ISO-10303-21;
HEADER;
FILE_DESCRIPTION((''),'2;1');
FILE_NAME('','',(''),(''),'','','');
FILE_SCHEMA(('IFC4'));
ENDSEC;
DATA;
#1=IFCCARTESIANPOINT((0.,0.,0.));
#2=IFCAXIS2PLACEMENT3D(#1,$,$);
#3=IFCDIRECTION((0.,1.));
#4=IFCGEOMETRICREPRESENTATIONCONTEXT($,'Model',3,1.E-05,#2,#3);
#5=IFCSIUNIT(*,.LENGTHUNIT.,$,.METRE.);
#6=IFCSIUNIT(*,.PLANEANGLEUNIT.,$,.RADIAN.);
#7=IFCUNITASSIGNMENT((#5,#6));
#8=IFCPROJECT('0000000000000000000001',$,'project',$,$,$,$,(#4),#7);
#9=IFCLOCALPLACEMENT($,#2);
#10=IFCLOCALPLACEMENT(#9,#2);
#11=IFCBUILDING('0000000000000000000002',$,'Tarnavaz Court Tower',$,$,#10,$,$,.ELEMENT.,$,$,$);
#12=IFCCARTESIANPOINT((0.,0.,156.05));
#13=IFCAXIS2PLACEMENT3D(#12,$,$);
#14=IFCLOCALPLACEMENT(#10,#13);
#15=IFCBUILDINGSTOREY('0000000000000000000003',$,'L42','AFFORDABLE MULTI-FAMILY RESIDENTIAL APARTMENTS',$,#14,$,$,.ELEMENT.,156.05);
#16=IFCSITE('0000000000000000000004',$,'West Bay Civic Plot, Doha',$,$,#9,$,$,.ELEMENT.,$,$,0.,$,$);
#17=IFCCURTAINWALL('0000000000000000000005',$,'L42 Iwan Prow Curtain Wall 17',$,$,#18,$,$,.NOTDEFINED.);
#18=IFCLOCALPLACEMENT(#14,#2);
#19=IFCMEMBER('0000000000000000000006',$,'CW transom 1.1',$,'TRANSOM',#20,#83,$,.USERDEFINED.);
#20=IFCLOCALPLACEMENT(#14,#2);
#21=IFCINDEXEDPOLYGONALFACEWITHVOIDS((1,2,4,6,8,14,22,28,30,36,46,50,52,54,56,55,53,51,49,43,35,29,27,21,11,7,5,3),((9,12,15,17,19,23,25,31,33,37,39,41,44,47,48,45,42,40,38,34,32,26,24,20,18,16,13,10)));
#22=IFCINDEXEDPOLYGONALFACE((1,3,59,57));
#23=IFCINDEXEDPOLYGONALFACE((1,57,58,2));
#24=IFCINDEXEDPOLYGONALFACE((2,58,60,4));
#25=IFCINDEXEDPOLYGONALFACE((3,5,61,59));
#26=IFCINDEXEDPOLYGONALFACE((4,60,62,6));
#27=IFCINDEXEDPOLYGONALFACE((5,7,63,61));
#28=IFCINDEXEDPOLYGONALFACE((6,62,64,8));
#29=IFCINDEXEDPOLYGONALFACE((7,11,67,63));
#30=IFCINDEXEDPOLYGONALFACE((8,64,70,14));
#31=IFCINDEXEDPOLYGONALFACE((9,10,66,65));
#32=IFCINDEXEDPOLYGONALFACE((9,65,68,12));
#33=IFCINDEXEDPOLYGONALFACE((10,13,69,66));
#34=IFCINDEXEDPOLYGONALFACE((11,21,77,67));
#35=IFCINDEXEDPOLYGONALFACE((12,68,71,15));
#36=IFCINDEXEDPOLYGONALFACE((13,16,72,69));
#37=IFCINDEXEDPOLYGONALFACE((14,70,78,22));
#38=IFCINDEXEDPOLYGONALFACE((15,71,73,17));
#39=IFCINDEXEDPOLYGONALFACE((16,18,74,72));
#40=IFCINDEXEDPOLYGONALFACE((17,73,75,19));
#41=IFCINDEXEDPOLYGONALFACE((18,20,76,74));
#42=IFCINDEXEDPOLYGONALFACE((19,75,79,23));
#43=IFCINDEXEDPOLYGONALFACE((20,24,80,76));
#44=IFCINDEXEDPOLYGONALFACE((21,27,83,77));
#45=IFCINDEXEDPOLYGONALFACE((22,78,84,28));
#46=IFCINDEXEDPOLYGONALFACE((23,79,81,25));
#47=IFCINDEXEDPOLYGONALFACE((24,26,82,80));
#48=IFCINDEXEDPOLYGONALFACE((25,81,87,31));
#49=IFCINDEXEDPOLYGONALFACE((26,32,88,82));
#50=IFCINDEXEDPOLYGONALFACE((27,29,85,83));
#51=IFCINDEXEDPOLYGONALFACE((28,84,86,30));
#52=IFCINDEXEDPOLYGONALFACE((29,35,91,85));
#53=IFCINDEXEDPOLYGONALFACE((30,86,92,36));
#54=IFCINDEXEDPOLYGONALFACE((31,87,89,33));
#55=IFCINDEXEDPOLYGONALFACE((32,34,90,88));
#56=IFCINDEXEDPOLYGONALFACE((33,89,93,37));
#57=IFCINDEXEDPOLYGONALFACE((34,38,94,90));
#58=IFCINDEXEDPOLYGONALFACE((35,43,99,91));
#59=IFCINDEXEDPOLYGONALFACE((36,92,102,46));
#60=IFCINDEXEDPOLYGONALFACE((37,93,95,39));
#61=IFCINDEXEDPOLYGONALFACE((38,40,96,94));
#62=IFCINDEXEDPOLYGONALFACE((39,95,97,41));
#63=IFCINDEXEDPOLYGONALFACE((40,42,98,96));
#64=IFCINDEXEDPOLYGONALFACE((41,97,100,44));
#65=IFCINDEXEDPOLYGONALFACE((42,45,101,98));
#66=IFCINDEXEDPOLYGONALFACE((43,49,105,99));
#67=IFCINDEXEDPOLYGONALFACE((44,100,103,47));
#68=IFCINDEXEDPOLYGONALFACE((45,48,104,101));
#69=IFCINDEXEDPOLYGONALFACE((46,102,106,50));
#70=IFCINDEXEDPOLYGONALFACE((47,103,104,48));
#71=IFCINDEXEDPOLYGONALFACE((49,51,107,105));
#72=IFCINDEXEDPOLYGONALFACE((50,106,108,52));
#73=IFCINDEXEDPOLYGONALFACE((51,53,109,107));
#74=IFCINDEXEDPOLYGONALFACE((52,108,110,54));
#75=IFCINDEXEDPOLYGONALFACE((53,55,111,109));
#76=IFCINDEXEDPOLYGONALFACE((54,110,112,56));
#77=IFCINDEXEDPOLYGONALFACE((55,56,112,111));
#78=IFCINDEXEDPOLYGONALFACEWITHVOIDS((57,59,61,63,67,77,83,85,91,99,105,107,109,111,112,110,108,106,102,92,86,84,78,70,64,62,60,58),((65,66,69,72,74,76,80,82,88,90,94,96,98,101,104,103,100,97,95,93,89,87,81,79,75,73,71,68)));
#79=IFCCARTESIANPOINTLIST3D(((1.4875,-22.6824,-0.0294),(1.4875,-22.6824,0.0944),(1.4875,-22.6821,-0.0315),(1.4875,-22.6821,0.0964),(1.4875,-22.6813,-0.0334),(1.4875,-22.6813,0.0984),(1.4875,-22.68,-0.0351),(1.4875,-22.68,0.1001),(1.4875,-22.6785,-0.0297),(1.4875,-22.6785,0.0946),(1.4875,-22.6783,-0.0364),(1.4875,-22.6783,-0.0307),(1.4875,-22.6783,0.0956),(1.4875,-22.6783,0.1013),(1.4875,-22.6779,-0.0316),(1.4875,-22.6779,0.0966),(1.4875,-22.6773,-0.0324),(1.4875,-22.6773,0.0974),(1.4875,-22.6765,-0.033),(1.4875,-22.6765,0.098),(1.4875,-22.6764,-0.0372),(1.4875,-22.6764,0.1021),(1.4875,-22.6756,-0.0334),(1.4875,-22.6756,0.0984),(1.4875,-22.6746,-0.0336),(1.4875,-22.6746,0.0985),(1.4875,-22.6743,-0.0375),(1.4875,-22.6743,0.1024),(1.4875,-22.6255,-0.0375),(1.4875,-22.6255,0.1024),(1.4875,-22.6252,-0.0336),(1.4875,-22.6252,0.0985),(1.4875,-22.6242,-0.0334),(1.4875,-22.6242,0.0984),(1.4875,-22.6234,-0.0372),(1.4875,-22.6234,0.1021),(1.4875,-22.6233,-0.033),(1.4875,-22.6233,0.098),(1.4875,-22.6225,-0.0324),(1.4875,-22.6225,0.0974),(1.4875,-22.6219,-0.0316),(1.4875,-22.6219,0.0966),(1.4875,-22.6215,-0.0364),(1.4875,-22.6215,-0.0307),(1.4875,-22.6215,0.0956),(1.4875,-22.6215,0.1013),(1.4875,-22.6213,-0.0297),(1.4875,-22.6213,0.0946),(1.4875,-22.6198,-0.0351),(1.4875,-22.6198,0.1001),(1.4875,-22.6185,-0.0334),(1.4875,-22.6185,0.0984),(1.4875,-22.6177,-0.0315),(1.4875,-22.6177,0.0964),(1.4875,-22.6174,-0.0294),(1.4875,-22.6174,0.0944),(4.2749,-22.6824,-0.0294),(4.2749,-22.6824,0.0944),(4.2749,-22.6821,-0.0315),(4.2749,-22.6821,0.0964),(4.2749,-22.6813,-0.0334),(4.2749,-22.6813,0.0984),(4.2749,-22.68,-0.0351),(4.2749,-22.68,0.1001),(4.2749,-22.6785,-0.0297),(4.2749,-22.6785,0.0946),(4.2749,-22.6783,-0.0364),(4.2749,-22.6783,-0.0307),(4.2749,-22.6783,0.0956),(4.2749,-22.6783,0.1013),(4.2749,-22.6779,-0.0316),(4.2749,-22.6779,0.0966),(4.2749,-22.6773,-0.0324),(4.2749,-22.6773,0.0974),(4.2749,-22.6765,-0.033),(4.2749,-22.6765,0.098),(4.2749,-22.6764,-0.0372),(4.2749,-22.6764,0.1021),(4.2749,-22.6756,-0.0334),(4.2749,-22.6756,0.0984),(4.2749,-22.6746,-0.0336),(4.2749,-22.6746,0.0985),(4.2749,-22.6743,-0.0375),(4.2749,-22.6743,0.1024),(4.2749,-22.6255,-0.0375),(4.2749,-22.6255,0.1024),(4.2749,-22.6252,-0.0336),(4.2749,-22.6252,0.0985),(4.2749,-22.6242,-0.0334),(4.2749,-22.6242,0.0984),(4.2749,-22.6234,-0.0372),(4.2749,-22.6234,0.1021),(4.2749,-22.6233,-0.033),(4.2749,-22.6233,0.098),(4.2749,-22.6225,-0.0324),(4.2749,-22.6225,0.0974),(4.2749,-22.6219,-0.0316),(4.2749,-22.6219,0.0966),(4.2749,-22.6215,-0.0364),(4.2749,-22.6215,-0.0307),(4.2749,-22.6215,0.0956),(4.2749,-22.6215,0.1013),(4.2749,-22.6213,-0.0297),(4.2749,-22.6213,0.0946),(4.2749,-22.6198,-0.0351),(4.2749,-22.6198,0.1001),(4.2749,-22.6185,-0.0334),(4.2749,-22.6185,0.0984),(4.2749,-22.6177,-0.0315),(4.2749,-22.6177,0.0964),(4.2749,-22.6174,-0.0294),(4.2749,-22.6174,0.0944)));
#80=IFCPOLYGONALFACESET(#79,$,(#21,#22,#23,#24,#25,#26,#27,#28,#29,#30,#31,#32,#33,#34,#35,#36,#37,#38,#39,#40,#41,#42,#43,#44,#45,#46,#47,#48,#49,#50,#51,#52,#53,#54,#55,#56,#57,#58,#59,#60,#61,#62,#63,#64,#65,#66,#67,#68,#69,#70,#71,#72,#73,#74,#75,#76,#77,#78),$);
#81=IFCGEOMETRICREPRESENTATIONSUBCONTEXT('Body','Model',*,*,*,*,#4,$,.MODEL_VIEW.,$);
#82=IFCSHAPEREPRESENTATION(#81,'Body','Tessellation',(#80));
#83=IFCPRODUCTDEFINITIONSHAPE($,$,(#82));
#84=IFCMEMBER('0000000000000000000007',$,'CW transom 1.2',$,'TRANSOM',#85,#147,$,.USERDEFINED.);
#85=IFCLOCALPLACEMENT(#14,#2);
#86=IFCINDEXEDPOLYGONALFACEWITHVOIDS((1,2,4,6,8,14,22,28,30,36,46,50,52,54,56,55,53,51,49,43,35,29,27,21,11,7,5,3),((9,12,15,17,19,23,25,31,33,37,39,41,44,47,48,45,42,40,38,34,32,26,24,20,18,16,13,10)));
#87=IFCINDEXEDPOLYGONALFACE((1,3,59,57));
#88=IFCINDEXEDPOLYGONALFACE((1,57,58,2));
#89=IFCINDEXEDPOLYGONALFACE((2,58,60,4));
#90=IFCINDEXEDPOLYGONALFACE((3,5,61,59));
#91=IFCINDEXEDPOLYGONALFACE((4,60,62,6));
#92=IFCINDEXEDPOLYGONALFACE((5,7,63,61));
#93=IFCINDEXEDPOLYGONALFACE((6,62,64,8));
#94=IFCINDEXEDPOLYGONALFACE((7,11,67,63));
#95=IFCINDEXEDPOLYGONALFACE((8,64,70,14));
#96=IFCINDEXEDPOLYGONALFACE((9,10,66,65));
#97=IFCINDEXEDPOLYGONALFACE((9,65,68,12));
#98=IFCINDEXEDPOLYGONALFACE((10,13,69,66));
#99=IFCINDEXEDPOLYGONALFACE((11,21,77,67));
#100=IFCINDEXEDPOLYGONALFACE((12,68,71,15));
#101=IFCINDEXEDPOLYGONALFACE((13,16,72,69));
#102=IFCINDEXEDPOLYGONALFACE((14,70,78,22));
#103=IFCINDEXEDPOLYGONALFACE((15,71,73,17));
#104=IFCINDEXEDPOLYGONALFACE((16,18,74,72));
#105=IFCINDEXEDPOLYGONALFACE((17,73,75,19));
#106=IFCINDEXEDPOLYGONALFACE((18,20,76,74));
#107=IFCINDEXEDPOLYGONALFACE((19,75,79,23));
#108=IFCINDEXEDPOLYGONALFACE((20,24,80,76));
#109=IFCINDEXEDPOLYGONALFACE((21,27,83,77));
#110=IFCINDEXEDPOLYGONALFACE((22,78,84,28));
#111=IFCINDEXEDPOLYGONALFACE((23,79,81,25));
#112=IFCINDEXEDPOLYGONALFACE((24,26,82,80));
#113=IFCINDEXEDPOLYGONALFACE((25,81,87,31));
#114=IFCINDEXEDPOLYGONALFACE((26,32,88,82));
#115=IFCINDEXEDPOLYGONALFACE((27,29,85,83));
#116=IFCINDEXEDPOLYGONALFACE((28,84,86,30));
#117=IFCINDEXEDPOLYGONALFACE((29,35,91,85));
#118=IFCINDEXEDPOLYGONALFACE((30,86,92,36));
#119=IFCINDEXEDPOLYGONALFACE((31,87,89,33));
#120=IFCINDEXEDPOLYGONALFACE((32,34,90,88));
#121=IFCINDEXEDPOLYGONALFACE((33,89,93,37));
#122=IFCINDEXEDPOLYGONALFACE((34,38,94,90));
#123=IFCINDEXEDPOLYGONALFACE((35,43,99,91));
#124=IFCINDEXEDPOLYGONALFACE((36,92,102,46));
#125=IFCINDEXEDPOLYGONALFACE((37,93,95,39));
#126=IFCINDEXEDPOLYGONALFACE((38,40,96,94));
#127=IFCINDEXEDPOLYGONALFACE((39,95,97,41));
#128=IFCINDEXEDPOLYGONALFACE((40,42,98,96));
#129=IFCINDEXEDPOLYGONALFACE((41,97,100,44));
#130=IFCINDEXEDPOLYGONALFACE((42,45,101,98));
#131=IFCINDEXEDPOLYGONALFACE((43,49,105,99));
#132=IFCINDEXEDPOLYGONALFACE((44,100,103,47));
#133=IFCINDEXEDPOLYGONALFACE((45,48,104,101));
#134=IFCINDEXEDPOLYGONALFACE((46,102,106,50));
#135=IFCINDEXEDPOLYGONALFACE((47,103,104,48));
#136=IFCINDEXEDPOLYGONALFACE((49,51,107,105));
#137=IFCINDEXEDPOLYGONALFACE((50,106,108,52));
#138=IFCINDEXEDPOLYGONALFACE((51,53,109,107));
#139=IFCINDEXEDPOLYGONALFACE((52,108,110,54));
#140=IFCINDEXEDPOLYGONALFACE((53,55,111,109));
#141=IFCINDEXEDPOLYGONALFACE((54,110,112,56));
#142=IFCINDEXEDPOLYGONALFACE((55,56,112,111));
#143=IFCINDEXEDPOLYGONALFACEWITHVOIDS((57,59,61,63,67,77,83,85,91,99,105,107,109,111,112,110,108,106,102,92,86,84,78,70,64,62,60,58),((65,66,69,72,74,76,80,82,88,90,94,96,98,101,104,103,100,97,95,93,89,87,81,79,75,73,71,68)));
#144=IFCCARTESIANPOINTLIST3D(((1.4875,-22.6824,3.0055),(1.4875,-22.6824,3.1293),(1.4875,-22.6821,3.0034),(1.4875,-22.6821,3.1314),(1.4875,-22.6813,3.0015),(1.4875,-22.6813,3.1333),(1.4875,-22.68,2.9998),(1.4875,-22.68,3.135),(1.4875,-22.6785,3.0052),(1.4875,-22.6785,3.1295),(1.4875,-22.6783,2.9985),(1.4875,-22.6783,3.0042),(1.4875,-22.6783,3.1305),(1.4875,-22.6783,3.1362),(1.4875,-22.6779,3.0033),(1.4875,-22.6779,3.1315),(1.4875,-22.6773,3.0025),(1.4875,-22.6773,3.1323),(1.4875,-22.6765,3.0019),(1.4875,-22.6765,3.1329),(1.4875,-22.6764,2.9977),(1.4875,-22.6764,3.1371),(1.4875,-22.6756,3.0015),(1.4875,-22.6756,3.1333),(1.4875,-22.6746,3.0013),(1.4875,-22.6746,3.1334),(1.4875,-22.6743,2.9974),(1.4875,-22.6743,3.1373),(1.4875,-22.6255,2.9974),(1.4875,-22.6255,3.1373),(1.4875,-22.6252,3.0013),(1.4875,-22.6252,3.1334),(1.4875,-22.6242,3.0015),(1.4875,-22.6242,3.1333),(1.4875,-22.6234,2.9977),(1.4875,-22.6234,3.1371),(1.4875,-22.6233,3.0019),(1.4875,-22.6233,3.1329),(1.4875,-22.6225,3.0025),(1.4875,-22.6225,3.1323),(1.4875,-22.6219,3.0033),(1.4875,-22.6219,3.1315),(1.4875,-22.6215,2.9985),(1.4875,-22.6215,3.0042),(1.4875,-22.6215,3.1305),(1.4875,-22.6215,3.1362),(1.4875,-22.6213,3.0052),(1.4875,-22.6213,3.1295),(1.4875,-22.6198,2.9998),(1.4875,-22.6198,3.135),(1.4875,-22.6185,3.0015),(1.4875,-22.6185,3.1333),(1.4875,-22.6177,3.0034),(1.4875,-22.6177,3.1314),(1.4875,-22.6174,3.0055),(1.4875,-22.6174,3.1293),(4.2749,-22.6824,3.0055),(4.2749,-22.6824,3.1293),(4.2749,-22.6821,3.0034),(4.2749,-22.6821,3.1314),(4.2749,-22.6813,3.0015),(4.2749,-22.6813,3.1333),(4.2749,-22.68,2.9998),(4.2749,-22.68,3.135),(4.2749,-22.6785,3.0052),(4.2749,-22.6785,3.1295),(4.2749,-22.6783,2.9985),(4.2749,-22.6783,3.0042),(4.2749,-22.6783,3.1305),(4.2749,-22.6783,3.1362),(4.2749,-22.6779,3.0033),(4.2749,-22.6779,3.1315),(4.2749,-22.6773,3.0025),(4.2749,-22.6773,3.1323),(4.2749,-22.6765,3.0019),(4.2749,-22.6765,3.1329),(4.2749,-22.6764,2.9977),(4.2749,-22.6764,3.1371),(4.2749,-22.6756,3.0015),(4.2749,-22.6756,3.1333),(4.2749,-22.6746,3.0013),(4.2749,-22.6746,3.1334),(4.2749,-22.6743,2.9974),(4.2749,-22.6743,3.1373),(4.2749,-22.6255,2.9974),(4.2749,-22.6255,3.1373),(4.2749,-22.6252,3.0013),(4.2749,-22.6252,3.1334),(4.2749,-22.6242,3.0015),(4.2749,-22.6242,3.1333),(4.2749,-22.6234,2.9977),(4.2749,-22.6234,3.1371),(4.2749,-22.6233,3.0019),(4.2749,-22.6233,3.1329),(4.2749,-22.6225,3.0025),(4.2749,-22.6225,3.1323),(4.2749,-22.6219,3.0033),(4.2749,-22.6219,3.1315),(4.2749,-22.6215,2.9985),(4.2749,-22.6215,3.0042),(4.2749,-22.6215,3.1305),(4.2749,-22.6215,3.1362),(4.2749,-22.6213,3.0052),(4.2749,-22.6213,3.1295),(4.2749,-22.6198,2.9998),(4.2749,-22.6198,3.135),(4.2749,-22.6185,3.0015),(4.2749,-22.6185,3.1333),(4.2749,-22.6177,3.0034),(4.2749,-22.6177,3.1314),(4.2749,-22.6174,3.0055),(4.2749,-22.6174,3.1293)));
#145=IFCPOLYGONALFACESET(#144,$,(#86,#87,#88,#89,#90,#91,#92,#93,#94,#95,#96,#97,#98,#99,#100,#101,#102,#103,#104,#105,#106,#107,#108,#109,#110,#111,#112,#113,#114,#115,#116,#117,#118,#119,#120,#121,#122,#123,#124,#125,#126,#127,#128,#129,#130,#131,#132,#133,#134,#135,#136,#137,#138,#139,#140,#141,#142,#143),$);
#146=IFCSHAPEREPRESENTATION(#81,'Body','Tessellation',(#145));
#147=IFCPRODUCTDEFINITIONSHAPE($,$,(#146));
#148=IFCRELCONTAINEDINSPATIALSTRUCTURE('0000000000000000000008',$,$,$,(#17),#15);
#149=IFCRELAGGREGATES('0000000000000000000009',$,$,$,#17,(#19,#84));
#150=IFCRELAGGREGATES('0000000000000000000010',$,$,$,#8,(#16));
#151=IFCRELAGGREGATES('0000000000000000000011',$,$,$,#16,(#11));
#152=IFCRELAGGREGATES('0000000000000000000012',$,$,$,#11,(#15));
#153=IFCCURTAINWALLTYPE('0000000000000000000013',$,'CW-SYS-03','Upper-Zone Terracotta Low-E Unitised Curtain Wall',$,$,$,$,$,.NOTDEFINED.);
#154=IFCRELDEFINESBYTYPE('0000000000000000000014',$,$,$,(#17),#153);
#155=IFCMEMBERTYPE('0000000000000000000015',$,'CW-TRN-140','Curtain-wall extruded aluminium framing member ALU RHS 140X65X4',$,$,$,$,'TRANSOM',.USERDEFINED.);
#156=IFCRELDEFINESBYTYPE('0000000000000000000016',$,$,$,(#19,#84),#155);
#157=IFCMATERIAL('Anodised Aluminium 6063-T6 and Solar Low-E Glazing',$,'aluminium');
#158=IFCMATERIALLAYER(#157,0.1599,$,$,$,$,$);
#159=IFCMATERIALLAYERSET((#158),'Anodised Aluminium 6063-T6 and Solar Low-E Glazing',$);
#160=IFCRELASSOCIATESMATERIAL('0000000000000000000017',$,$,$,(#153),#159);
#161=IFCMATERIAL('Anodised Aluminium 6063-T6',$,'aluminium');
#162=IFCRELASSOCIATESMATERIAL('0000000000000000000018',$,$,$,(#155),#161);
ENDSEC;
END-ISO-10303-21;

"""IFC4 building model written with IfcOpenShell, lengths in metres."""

from ifc_helpers import new_model, si_unit, direction, frame, origin, origin_2d, place, context, subcontext, project, spatial, hollow_rectangle, extrude, material, layer, layer_set, material_profile, profile_set, type_object, element, aggregate, save


model = new_model("IFC4")

# Units and contexts
model_context = context("Model", 3, precision=1e-05, world=origin(), true_north=direction((0.0, 1.0)))
body_context = subcontext(model_context, "Body", "Model", "MODEL_VIEW")
ifc_project = project(units=[si_unit("LENGTHUNIT", "METRE"), si_unit("PLANEANGLEUNIT", "RADIAN")], contexts=[model_context])

# Site, building, storey
site_placement = place(None, origin())
site = spatial("IfcSite", under=ifc_project, at=site_placement, Name="West Bay Civic Plot, Doha", CompositionType="ELEMENT", RefElevation=0.0)
building_placement = place(site_placement, origin())
building = spatial("IfcBuilding", under=site, at=building_placement, Name="Tarnavaz Court Tower", CompositionType="ELEMENT")
storey_placement = place(building_placement, frame((0.0, 0.0, 156.05)))
storey = spatial("IfcBuildingStorey", under=building, at=storey_placement, Name="L42", Description="AFFORDABLE MULTI-FAMILY RESIDENTIAL APARTMENTS", CompositionType="ELEMENT", Elevation=156.05)

# Curtain wall, members
ifc_material_1 = material(Name="Anodised Aluminium 6063-T6 and Solar Low-E Glazing", Category="aluminium")
ifc_layer_1 = layer(ifc_material_1, 0.1599)
ifc_layer_set_1 = layer_set([ifc_layer_1], Name="Anodised Aluminium 6063-T6 and Solar Low-E Glazing")
curtain_wall_type = type_object("IfcCurtainWallType", Name="CW-SYS-03", Description="Upper-Zone Terracotta Low-E Unitised Curtain Wall", PredefinedType="NOTDEFINED", material=ifc_layer_set_1)
curtain_wall_placement = place(storey_placement, origin())
curtain_wall = element("IfcCurtainWall", 1, at=curtain_wall_placement, inside=storey, type_object=curtain_wall_type, Name="L42 Iwan Prow Curtain Wall 17", PredefinedType="NOTDEFINED")
ifc_material_2 = material(Name="Anodised Aluminium 6063-T6", Category="aluminium")
ifc_material_profile_1 = material_profile(ifc_material_2, hollow_rectangle(XDim=0.0649, YDim=0.1399, WallThickness=0.0039, InnerFilletRadius=0.0039, OuterFilletRadius=0.0081, at=origin_2d()), Name="ALU RHS 140X65X4")
ifc_profile_set_1 = profile_set([ifc_material_profile_1], Name="Anodised Aluminium 6063-T6")
member_type_1 = type_object("IfcMemberType", Name="CW-TRN-140", Description="Curtain-wall extruded aluminium framing member ALU RHS 140X65X4", ElementType="TRANSOM", PredefinedType="USERDEFINED", material=ifc_profile_set_1)
member_1_placement = place(storey_placement, frame((4.2749, -22.6499, 0.0325), z_axis=(-1.0, 0.0, 0.0), x_axis=(0.0, -1.0, 0.0)))
member_1 = element("IfcMember", 2, at=member_1_placement, type_object=member_type_1, Name="CW transom 1.1", ObjectType="TRANSOM", PredefinedType="USERDEFINED", context=body_context, shape_type="SweptSolid", body=[
    extrude(hollow_rectangle(XDim=0.0649, YDim=0.1399, WallThickness=0.0039, InnerFilletRadius=0.0039, OuterFilletRadius=0.0081, at=origin_2d()), origin(), (0.0, 0.0, 1.0), 2.7874),
])
member_2_placement = place(storey_placement, frame((4.2749, -22.6499, 3.0674), z_axis=(-1.0, 0.0, 0.0), x_axis=(0.0, -1.0, 0.0)))
member_2 = element("IfcMember", 3, at=member_2_placement, type_object=member_type_1, Name="CW transom 1.2", ObjectType="TRANSOM", PredefinedType="USERDEFINED", context=body_context, shape_type="SweptSolid", body=[
    extrude(hollow_rectangle(XDim=0.0649, YDim=0.1399, WallThickness=0.0039, InnerFilletRadius=0.0039, OuterFilletRadius=0.0081, at=origin_2d()), origin(), (0.0, 0.0, 1.0), 2.7874),
])
aggregate(curtain_wall, [member_1, member_2])

save(model, "model.ifc")
